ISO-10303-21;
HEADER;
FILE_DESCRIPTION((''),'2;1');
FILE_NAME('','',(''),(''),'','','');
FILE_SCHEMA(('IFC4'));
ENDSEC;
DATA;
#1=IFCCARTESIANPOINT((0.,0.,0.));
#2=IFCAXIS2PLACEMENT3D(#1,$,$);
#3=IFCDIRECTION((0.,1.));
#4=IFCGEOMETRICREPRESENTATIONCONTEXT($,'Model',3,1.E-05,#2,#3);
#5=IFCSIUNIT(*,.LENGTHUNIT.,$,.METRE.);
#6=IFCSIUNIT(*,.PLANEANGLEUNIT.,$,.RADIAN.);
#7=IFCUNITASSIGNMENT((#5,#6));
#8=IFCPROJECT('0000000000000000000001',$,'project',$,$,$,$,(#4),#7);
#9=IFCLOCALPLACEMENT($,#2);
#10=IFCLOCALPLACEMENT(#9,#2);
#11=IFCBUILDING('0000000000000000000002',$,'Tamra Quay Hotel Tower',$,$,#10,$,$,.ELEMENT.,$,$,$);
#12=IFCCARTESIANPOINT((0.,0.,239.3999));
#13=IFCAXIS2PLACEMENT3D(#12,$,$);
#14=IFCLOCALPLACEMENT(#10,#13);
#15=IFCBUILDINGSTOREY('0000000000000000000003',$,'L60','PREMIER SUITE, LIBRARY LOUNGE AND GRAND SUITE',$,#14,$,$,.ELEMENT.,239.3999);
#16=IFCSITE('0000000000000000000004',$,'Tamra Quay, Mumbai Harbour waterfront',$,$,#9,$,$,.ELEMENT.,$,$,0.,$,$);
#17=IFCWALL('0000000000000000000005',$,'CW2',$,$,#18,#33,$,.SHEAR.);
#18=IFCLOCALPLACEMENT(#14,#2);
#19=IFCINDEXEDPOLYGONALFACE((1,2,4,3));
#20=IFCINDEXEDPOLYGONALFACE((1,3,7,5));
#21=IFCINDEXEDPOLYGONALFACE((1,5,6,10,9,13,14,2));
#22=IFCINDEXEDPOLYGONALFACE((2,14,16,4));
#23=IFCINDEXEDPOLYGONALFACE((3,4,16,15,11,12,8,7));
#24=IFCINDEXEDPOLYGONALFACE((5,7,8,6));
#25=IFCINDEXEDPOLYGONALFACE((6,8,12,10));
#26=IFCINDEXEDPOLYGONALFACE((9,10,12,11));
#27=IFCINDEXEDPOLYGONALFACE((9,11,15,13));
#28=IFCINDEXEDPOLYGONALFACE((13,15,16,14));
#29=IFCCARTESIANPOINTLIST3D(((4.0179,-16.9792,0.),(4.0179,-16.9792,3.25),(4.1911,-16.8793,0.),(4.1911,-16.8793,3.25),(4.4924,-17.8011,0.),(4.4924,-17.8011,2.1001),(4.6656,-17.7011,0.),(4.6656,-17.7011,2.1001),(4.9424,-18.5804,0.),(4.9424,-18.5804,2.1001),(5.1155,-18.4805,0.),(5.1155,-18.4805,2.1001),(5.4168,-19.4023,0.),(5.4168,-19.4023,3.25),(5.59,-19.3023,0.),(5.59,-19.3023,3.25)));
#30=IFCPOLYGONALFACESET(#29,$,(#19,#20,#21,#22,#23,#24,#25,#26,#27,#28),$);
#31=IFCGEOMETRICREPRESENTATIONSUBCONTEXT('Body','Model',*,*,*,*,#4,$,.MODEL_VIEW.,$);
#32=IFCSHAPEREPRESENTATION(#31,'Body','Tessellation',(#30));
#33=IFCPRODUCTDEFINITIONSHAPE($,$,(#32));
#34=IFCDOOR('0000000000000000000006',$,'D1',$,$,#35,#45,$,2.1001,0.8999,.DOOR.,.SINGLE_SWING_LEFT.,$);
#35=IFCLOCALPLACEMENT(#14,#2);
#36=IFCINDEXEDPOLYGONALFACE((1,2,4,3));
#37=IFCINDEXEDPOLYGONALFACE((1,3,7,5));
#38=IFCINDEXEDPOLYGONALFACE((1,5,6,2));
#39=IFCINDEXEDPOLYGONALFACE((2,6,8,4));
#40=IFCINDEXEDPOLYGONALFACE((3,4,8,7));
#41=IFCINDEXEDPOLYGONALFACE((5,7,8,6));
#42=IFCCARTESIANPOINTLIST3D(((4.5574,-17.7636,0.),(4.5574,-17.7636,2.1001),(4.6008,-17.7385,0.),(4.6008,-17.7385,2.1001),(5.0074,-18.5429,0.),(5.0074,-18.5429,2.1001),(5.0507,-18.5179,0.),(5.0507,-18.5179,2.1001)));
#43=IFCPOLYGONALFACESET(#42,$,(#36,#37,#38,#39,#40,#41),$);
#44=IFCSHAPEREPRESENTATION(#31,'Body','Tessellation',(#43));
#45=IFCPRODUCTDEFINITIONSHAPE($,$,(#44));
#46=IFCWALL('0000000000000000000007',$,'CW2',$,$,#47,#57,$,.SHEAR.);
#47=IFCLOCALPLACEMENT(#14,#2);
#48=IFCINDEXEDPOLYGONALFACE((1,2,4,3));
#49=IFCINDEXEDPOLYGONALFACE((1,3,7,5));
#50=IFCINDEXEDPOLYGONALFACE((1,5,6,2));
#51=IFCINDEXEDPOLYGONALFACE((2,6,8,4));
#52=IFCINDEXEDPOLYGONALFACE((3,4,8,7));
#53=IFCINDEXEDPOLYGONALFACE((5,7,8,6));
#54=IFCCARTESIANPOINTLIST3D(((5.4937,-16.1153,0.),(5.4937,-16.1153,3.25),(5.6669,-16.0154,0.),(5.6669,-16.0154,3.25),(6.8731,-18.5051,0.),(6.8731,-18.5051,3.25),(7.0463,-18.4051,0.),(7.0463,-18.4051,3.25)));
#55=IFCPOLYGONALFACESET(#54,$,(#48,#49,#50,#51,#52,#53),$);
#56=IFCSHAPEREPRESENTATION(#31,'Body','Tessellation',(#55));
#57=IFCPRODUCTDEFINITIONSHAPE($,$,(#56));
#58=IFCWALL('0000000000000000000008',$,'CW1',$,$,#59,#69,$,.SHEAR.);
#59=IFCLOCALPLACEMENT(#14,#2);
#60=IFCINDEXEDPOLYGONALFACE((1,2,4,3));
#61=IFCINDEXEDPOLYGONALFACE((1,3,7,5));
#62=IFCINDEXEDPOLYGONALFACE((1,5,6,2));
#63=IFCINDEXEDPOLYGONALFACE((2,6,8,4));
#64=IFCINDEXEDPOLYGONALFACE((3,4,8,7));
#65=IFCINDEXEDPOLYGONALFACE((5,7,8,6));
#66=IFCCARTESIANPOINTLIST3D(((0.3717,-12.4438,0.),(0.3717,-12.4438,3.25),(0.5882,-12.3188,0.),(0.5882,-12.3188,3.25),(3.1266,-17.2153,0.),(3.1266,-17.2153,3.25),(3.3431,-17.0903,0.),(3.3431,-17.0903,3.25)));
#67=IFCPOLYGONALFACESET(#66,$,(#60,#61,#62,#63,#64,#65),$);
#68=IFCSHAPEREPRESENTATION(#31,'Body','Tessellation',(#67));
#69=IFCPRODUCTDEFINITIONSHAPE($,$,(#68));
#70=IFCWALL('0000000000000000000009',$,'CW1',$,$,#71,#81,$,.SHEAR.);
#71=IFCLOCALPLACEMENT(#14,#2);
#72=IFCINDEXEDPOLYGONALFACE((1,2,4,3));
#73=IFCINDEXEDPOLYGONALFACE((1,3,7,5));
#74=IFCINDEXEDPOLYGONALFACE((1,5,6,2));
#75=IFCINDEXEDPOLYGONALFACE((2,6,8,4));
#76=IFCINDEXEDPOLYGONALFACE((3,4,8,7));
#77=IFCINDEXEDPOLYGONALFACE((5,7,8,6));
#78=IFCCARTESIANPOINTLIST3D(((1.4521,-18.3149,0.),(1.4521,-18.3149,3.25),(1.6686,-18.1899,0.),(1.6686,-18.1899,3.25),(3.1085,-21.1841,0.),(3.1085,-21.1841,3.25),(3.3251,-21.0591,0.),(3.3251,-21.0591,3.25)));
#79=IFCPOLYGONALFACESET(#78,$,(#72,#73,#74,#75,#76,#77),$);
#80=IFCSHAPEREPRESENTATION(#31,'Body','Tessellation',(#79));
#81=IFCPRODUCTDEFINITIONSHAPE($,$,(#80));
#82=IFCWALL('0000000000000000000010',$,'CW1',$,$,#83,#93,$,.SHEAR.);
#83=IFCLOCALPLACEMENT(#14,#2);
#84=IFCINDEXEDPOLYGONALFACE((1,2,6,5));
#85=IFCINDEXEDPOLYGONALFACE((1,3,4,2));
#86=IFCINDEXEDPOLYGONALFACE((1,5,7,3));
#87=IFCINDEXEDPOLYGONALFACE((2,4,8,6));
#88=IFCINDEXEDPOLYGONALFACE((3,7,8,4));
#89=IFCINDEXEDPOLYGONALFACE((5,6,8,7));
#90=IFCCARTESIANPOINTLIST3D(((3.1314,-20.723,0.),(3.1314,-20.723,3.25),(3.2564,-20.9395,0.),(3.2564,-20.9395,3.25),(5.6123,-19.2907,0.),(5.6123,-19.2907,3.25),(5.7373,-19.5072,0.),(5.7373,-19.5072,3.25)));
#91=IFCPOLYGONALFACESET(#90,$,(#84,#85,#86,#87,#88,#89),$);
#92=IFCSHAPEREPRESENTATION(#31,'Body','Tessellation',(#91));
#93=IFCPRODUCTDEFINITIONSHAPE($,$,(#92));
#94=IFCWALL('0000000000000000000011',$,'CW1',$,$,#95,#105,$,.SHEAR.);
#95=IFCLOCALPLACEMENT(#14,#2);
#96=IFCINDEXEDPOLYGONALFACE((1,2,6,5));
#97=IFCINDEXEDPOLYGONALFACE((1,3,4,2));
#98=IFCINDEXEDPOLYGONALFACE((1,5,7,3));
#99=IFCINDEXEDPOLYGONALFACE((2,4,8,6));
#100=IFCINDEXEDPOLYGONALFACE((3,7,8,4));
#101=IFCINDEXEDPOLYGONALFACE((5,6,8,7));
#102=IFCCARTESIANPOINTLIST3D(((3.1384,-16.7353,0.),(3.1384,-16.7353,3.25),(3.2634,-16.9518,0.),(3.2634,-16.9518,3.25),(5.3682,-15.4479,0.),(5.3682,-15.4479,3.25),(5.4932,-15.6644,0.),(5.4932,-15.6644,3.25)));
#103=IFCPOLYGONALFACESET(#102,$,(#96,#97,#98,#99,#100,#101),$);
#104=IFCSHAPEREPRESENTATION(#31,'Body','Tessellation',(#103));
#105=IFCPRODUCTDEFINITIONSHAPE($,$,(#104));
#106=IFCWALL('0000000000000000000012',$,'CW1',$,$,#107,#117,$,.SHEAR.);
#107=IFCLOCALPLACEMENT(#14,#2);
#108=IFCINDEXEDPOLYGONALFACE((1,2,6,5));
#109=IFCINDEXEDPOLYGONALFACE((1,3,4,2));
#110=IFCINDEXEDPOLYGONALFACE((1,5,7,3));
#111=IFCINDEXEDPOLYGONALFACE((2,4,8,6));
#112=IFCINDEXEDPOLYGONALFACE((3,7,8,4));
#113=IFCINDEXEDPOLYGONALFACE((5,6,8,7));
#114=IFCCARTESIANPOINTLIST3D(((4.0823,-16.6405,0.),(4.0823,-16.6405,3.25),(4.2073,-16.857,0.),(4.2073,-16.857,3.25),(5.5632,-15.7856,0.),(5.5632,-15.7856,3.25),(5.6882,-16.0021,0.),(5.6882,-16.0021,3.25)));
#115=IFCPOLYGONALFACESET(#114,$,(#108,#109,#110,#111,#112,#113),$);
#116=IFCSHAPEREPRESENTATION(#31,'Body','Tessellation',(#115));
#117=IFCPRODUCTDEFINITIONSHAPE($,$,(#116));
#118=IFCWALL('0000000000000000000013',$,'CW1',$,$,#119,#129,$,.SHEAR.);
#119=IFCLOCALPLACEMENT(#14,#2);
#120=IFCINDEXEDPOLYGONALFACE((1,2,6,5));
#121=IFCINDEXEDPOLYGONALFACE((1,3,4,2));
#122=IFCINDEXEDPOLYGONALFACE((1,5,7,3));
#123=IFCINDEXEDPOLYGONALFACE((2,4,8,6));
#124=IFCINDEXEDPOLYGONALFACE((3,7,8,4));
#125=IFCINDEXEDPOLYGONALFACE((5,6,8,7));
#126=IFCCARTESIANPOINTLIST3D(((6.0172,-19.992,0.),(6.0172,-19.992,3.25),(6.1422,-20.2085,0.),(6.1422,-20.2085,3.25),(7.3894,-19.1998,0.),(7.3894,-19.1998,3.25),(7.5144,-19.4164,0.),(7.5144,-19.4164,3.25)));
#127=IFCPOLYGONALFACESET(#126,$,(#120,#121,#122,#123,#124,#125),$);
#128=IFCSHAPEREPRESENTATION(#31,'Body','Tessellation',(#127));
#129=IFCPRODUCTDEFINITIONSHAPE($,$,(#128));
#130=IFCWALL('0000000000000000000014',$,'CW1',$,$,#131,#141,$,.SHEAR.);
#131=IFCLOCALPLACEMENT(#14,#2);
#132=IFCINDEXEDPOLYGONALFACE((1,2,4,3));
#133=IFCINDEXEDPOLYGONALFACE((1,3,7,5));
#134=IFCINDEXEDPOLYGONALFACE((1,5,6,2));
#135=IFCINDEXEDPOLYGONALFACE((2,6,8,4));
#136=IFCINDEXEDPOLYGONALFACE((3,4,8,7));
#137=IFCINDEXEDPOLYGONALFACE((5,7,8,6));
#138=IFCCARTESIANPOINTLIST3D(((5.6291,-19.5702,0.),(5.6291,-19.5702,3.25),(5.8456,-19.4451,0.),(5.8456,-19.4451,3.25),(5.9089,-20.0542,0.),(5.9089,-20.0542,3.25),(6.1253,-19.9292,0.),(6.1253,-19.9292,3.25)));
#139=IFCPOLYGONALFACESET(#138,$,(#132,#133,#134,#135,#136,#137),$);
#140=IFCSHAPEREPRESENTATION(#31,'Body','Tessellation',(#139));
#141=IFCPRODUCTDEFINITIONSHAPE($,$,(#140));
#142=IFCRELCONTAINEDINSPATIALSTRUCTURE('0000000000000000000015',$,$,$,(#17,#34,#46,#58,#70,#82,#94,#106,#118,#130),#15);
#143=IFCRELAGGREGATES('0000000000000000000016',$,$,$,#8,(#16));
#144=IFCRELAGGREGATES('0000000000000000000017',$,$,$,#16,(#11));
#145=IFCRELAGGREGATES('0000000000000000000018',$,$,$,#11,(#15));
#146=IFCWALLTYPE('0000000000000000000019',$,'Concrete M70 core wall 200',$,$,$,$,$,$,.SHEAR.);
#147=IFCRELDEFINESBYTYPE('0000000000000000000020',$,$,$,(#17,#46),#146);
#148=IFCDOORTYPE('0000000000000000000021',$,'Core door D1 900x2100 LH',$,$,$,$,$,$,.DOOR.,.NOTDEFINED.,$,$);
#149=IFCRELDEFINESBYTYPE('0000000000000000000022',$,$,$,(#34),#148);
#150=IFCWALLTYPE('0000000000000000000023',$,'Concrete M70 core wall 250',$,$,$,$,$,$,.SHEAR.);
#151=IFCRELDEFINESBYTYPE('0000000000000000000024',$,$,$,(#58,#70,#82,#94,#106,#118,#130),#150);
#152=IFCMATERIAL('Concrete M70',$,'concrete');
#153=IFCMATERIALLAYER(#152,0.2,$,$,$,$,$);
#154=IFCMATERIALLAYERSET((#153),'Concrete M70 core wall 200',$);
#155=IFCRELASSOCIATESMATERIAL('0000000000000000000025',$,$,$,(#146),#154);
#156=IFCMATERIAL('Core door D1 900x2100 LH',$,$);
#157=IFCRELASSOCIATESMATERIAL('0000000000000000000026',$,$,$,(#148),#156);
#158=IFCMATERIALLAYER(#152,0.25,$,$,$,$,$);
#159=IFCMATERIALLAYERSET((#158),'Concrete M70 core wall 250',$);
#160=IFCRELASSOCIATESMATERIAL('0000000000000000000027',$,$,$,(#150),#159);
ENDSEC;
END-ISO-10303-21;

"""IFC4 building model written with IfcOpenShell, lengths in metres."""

from ifc_helpers import new_model, si_unit, direction, frame, frame_2d, origin, place, context, subcontext, project, spatial, rectangle, extrude, material, layer, layer_set, type_object, element, fill, save


model = new_model("IFC4")

# Units and contexts
model_context = context("Model", 3, precision=1e-05, world=origin(), true_north=direction((0.0, 1.0)))
body_context = subcontext(model_context, "Body", "Model", "MODEL_VIEW")
ifc_project = project(units=[si_unit("LENGTHUNIT", "METRE"), si_unit("PLANEANGLEUNIT", "RADIAN")], contexts=[model_context])

# Site, building, storey
site_placement = place(None, origin())
site = spatial("IfcSite", under=ifc_project, at=site_placement, Name="Tamra Quay, Mumbai Harbour waterfront", CompositionType="ELEMENT", RefElevation=0.0)
building_placement = place(site_placement, origin())
building = spatial("IfcBuilding", under=site, at=building_placement, Name="Tamra Quay Hotel Tower", CompositionType="ELEMENT")
storey_placement = place(building_placement, frame((0.0, 0.0, 239.3999)))
storey = spatial("IfcBuildingStorey", under=building, at=storey_placement, Name="L60", Description="PREMIER SUITE, LIBRARY LOUNGE AND GRAND SUITE", CompositionType="ELEMENT", Elevation=239.3999)

# Shared definitions
ifc_material_1 = material(Name="Concrete M70", Category="concrete")

# Shared definitions
ifc_layer_1 = layer(ifc_material_1, 0.2)
ifc_layer_set_1 = layer_set([ifc_layer_1], Name="Concrete M70 core wall 200")
wall_type_1 = type_object("IfcWallType", Name="Concrete M70 core wall 200", PredefinedType="SHEAR", material=ifc_layer_set_1)

# Wall, opening, door
wall_1_placement = place(storey_placement, frame((5.5034, -19.3523, 0.0), z_axis=(0.0, 0.0, 1.0), x_axis=(-0.499987, 0.866033, 0.0)))
wall_1 = element("IfcWall", 1, at=wall_1_placement, inside=storey, type_object=wall_type_1, Name="CW2", PredefinedType="SHEAR", context=body_context, shape_type="SweptSolid", body=[
    extrude(rectangle(XDim=2.7979, YDim=0.2, at=frame_2d((1.3989, 0.0))), origin(), (0.0, 0.0, 1.0), 3.25),
])
opening_1_placement = place(wall_1_placement, frame((0.949, 0.0, 0.0)))
opening_1 = element("IfcOpeningElement", 2, at=opening_1_placement, cuts=wall_1, PredefinedType="OPENING", context=body_context, shape_type="SweptSolid", body=[
    extrude(rectangle(XDim=0.8999, YDim=2.1001, at=frame_2d((0.45, 1.05))), frame((0.0, 0.1099, 0.0), z_axis=(0.0, -1.0, 0.0), x_axis=(1.0, 0.0, 0.0)), (0.0, 0.0, 1.0), 0.22),
])
ifc_material_2 = material(Name="Core door D1 900x2100 LH")
door_type_1 = type_object("IfcDoorType", Name="Core door D1 900x2100 LH", OperationType="NOTDEFINED", PredefinedType="DOOR", material=ifc_material_2)
door_1_placement = place(opening_1_placement, origin())
door_1 = element("IfcDoor", 3, at=door_1_placement, inside=storey, type_object=door_type_1, Name="D1", OperationType="SINGLE_SWING_LEFT", OverallHeight=2.1001, OverallWidth=0.8999, PredefinedType="DOOR", context=body_context, shape_type="SweptSolid", body=[
    extrude(rectangle(XDim=0.8999, YDim=2.1001, at=frame_2d((0.45, 1.05))), frame((0.0, 0.0249, 0.0), z_axis=(0.0, -1.0, 0.0), x_axis=(1.0, 0.0, 0.0)), (0.0, 0.0, 1.0), 0.05),
])
fill(opening_1, door_1)

# Walls
wall_2_placement = place(storey_placement, frame((6.9597, -18.4551, 0.0), z_axis=(0.0, 0.0, 1.0), x_axis=(-0.499927, 0.866068, 0.0)))
element("IfcWall", 4, at=wall_2_placement, inside=storey, type_object=wall_type_1, Name="CW2", PredefinedType="SHEAR", context=body_context, shape_type="SweptSolid", body=[
    extrude(rectangle(XDim=2.7593, YDim=0.2, at=frame_2d((1.3796, 0.0))), origin(), (0.0, 0.0, 1.0), 3.25),
])
ifc_layer_2 = layer(ifc_material_1, 0.25)
ifc_layer_set_2 = layer_set([ifc_layer_2], Name="Concrete M70 core wall 250")
wall_type_2 = type_object("IfcWallType", Name="Concrete M70 core wall 250", PredefinedType="SHEAR", material=ifc_layer_set_2)
wall_3_placement = place(storey_placement, frame((3.2349, -17.1528, 0.0), z_axis=(0.0, 0.0, 1.0), x_axis=(-0.500009, 0.86602, 0.0)))
element("IfcWall", 5, at=wall_3_placement, inside=storey, type_object=wall_type_2, Name="CW1", PredefinedType="SHEAR", context=body_context, shape_type="SweptSolid", body=[
    extrude(rectangle(XDim=5.5098, YDim=0.25, at=frame_2d((2.7549, 0.0))), origin(), (0.0, 0.0, 1.0), 3.25),
])
wall_4_placement = place(storey_placement, frame((3.2168, -21.1216, 0.0), z_axis=(0.0, 0.0, 1.0), x_axis=(-0.499999, 0.866026, 0.0)))
element("IfcWall", 6, at=wall_4_placement, inside=storey, type_object=wall_type_2, Name="CW1", PredefinedType="SHEAR", context=body_context, shape_type="SweptSolid", body=[
    extrude(rectangle(XDim=3.313, YDim=0.25, at=frame_2d((1.6565, 0.0))), origin(), (0.0, 0.0, 1.0), 3.25),
])
wall_5_placement = place(storey_placement, frame((5.6748, -19.3989, 0.0), z_axis=(0.0, 0.0, 1.0), x_axis=(-0.866027, -0.499998, 0.0)))
element("IfcWall", 7, at=wall_5_placement, inside=storey, type_object=wall_type_2, Name="CW1", PredefinedType="SHEAR", context=body_context, shape_type="SweptSolid", body=[
    extrude(rectangle(XDim=2.8647, YDim=0.25, at=frame_2d((1.4324, 0.0))), origin(), (0.0, 0.0, 1.0), 3.25),
])
wall_6_placement = place(storey_placement, frame((5.4307, -15.5562, 0.0), z_axis=(0.0, 0.0, 1.0), x_axis=(-0.866023, -0.500004, 0.0)))
element("IfcWall", 8, at=wall_6_placement, inside=storey, type_object=wall_type_2, Name="CW1", PredefinedType="SHEAR", context=body_context, shape_type="SweptSolid", body=[
    extrude(rectangle(XDim=2.5747, YDim=0.25, at=frame_2d((1.2874, 0.0))), origin(), (0.0, 0.0, 1.0), 3.25),
])
wall_7_placement = place(storey_placement, frame((4.1448, -16.7488, 0.0), z_axis=(0.0, 0.0, 1.0), x_axis=(0.866038, 0.499978, 0.0)))
element("IfcWall", 9, at=wall_7_placement, inside=storey, type_object=wall_type_2, Name="CW1", PredefinedType="SHEAR", context=body_context, shape_type="SweptSolid", body=[
    extrude(rectangle(XDim=1.71, YDim=0.25, at=frame_2d((0.855, 0.0))), origin(), (0.0, 0.0, 1.0), 3.25),
])
wall_8_placement = place(storey_placement, frame((7.4519, -19.3081, 0.0), z_axis=(0.0, 0.0, 1.0), x_axis=(-0.866044, -0.499967, 0.0)))
element("IfcWall", 10, at=wall_8_placement, inside=storey, type_object=wall_type_2, Name="CW1", PredefinedType="SHEAR", context=body_context, shape_type="SweptSolid", body=[
    extrude(rectangle(XDim=1.5845, YDim=0.25, at=frame_2d((0.7922, 0.0))), origin(), (0.0, 0.0, 1.0), 3.25),
])
wall_9_placement = place(storey_placement, frame((6.0171, -19.9917, 0.0), z_axis=(0.0, 0.0, 1.0), x_axis=(-0.500365, 0.865815, 0.0)))
element("IfcWall", 11, at=wall_9_placement, inside=storey, type_object=wall_type_2, Name="CW1", PredefinedType="SHEAR", context=body_context, shape_type="SweptSolid", body=[
    extrude(rectangle(XDim=0.5591, YDim=0.25, at=frame_2d((0.2795, 0.0))), origin(), (0.0, 0.0, 1.0), 3.25),
])

save(model, "model.ifc")
